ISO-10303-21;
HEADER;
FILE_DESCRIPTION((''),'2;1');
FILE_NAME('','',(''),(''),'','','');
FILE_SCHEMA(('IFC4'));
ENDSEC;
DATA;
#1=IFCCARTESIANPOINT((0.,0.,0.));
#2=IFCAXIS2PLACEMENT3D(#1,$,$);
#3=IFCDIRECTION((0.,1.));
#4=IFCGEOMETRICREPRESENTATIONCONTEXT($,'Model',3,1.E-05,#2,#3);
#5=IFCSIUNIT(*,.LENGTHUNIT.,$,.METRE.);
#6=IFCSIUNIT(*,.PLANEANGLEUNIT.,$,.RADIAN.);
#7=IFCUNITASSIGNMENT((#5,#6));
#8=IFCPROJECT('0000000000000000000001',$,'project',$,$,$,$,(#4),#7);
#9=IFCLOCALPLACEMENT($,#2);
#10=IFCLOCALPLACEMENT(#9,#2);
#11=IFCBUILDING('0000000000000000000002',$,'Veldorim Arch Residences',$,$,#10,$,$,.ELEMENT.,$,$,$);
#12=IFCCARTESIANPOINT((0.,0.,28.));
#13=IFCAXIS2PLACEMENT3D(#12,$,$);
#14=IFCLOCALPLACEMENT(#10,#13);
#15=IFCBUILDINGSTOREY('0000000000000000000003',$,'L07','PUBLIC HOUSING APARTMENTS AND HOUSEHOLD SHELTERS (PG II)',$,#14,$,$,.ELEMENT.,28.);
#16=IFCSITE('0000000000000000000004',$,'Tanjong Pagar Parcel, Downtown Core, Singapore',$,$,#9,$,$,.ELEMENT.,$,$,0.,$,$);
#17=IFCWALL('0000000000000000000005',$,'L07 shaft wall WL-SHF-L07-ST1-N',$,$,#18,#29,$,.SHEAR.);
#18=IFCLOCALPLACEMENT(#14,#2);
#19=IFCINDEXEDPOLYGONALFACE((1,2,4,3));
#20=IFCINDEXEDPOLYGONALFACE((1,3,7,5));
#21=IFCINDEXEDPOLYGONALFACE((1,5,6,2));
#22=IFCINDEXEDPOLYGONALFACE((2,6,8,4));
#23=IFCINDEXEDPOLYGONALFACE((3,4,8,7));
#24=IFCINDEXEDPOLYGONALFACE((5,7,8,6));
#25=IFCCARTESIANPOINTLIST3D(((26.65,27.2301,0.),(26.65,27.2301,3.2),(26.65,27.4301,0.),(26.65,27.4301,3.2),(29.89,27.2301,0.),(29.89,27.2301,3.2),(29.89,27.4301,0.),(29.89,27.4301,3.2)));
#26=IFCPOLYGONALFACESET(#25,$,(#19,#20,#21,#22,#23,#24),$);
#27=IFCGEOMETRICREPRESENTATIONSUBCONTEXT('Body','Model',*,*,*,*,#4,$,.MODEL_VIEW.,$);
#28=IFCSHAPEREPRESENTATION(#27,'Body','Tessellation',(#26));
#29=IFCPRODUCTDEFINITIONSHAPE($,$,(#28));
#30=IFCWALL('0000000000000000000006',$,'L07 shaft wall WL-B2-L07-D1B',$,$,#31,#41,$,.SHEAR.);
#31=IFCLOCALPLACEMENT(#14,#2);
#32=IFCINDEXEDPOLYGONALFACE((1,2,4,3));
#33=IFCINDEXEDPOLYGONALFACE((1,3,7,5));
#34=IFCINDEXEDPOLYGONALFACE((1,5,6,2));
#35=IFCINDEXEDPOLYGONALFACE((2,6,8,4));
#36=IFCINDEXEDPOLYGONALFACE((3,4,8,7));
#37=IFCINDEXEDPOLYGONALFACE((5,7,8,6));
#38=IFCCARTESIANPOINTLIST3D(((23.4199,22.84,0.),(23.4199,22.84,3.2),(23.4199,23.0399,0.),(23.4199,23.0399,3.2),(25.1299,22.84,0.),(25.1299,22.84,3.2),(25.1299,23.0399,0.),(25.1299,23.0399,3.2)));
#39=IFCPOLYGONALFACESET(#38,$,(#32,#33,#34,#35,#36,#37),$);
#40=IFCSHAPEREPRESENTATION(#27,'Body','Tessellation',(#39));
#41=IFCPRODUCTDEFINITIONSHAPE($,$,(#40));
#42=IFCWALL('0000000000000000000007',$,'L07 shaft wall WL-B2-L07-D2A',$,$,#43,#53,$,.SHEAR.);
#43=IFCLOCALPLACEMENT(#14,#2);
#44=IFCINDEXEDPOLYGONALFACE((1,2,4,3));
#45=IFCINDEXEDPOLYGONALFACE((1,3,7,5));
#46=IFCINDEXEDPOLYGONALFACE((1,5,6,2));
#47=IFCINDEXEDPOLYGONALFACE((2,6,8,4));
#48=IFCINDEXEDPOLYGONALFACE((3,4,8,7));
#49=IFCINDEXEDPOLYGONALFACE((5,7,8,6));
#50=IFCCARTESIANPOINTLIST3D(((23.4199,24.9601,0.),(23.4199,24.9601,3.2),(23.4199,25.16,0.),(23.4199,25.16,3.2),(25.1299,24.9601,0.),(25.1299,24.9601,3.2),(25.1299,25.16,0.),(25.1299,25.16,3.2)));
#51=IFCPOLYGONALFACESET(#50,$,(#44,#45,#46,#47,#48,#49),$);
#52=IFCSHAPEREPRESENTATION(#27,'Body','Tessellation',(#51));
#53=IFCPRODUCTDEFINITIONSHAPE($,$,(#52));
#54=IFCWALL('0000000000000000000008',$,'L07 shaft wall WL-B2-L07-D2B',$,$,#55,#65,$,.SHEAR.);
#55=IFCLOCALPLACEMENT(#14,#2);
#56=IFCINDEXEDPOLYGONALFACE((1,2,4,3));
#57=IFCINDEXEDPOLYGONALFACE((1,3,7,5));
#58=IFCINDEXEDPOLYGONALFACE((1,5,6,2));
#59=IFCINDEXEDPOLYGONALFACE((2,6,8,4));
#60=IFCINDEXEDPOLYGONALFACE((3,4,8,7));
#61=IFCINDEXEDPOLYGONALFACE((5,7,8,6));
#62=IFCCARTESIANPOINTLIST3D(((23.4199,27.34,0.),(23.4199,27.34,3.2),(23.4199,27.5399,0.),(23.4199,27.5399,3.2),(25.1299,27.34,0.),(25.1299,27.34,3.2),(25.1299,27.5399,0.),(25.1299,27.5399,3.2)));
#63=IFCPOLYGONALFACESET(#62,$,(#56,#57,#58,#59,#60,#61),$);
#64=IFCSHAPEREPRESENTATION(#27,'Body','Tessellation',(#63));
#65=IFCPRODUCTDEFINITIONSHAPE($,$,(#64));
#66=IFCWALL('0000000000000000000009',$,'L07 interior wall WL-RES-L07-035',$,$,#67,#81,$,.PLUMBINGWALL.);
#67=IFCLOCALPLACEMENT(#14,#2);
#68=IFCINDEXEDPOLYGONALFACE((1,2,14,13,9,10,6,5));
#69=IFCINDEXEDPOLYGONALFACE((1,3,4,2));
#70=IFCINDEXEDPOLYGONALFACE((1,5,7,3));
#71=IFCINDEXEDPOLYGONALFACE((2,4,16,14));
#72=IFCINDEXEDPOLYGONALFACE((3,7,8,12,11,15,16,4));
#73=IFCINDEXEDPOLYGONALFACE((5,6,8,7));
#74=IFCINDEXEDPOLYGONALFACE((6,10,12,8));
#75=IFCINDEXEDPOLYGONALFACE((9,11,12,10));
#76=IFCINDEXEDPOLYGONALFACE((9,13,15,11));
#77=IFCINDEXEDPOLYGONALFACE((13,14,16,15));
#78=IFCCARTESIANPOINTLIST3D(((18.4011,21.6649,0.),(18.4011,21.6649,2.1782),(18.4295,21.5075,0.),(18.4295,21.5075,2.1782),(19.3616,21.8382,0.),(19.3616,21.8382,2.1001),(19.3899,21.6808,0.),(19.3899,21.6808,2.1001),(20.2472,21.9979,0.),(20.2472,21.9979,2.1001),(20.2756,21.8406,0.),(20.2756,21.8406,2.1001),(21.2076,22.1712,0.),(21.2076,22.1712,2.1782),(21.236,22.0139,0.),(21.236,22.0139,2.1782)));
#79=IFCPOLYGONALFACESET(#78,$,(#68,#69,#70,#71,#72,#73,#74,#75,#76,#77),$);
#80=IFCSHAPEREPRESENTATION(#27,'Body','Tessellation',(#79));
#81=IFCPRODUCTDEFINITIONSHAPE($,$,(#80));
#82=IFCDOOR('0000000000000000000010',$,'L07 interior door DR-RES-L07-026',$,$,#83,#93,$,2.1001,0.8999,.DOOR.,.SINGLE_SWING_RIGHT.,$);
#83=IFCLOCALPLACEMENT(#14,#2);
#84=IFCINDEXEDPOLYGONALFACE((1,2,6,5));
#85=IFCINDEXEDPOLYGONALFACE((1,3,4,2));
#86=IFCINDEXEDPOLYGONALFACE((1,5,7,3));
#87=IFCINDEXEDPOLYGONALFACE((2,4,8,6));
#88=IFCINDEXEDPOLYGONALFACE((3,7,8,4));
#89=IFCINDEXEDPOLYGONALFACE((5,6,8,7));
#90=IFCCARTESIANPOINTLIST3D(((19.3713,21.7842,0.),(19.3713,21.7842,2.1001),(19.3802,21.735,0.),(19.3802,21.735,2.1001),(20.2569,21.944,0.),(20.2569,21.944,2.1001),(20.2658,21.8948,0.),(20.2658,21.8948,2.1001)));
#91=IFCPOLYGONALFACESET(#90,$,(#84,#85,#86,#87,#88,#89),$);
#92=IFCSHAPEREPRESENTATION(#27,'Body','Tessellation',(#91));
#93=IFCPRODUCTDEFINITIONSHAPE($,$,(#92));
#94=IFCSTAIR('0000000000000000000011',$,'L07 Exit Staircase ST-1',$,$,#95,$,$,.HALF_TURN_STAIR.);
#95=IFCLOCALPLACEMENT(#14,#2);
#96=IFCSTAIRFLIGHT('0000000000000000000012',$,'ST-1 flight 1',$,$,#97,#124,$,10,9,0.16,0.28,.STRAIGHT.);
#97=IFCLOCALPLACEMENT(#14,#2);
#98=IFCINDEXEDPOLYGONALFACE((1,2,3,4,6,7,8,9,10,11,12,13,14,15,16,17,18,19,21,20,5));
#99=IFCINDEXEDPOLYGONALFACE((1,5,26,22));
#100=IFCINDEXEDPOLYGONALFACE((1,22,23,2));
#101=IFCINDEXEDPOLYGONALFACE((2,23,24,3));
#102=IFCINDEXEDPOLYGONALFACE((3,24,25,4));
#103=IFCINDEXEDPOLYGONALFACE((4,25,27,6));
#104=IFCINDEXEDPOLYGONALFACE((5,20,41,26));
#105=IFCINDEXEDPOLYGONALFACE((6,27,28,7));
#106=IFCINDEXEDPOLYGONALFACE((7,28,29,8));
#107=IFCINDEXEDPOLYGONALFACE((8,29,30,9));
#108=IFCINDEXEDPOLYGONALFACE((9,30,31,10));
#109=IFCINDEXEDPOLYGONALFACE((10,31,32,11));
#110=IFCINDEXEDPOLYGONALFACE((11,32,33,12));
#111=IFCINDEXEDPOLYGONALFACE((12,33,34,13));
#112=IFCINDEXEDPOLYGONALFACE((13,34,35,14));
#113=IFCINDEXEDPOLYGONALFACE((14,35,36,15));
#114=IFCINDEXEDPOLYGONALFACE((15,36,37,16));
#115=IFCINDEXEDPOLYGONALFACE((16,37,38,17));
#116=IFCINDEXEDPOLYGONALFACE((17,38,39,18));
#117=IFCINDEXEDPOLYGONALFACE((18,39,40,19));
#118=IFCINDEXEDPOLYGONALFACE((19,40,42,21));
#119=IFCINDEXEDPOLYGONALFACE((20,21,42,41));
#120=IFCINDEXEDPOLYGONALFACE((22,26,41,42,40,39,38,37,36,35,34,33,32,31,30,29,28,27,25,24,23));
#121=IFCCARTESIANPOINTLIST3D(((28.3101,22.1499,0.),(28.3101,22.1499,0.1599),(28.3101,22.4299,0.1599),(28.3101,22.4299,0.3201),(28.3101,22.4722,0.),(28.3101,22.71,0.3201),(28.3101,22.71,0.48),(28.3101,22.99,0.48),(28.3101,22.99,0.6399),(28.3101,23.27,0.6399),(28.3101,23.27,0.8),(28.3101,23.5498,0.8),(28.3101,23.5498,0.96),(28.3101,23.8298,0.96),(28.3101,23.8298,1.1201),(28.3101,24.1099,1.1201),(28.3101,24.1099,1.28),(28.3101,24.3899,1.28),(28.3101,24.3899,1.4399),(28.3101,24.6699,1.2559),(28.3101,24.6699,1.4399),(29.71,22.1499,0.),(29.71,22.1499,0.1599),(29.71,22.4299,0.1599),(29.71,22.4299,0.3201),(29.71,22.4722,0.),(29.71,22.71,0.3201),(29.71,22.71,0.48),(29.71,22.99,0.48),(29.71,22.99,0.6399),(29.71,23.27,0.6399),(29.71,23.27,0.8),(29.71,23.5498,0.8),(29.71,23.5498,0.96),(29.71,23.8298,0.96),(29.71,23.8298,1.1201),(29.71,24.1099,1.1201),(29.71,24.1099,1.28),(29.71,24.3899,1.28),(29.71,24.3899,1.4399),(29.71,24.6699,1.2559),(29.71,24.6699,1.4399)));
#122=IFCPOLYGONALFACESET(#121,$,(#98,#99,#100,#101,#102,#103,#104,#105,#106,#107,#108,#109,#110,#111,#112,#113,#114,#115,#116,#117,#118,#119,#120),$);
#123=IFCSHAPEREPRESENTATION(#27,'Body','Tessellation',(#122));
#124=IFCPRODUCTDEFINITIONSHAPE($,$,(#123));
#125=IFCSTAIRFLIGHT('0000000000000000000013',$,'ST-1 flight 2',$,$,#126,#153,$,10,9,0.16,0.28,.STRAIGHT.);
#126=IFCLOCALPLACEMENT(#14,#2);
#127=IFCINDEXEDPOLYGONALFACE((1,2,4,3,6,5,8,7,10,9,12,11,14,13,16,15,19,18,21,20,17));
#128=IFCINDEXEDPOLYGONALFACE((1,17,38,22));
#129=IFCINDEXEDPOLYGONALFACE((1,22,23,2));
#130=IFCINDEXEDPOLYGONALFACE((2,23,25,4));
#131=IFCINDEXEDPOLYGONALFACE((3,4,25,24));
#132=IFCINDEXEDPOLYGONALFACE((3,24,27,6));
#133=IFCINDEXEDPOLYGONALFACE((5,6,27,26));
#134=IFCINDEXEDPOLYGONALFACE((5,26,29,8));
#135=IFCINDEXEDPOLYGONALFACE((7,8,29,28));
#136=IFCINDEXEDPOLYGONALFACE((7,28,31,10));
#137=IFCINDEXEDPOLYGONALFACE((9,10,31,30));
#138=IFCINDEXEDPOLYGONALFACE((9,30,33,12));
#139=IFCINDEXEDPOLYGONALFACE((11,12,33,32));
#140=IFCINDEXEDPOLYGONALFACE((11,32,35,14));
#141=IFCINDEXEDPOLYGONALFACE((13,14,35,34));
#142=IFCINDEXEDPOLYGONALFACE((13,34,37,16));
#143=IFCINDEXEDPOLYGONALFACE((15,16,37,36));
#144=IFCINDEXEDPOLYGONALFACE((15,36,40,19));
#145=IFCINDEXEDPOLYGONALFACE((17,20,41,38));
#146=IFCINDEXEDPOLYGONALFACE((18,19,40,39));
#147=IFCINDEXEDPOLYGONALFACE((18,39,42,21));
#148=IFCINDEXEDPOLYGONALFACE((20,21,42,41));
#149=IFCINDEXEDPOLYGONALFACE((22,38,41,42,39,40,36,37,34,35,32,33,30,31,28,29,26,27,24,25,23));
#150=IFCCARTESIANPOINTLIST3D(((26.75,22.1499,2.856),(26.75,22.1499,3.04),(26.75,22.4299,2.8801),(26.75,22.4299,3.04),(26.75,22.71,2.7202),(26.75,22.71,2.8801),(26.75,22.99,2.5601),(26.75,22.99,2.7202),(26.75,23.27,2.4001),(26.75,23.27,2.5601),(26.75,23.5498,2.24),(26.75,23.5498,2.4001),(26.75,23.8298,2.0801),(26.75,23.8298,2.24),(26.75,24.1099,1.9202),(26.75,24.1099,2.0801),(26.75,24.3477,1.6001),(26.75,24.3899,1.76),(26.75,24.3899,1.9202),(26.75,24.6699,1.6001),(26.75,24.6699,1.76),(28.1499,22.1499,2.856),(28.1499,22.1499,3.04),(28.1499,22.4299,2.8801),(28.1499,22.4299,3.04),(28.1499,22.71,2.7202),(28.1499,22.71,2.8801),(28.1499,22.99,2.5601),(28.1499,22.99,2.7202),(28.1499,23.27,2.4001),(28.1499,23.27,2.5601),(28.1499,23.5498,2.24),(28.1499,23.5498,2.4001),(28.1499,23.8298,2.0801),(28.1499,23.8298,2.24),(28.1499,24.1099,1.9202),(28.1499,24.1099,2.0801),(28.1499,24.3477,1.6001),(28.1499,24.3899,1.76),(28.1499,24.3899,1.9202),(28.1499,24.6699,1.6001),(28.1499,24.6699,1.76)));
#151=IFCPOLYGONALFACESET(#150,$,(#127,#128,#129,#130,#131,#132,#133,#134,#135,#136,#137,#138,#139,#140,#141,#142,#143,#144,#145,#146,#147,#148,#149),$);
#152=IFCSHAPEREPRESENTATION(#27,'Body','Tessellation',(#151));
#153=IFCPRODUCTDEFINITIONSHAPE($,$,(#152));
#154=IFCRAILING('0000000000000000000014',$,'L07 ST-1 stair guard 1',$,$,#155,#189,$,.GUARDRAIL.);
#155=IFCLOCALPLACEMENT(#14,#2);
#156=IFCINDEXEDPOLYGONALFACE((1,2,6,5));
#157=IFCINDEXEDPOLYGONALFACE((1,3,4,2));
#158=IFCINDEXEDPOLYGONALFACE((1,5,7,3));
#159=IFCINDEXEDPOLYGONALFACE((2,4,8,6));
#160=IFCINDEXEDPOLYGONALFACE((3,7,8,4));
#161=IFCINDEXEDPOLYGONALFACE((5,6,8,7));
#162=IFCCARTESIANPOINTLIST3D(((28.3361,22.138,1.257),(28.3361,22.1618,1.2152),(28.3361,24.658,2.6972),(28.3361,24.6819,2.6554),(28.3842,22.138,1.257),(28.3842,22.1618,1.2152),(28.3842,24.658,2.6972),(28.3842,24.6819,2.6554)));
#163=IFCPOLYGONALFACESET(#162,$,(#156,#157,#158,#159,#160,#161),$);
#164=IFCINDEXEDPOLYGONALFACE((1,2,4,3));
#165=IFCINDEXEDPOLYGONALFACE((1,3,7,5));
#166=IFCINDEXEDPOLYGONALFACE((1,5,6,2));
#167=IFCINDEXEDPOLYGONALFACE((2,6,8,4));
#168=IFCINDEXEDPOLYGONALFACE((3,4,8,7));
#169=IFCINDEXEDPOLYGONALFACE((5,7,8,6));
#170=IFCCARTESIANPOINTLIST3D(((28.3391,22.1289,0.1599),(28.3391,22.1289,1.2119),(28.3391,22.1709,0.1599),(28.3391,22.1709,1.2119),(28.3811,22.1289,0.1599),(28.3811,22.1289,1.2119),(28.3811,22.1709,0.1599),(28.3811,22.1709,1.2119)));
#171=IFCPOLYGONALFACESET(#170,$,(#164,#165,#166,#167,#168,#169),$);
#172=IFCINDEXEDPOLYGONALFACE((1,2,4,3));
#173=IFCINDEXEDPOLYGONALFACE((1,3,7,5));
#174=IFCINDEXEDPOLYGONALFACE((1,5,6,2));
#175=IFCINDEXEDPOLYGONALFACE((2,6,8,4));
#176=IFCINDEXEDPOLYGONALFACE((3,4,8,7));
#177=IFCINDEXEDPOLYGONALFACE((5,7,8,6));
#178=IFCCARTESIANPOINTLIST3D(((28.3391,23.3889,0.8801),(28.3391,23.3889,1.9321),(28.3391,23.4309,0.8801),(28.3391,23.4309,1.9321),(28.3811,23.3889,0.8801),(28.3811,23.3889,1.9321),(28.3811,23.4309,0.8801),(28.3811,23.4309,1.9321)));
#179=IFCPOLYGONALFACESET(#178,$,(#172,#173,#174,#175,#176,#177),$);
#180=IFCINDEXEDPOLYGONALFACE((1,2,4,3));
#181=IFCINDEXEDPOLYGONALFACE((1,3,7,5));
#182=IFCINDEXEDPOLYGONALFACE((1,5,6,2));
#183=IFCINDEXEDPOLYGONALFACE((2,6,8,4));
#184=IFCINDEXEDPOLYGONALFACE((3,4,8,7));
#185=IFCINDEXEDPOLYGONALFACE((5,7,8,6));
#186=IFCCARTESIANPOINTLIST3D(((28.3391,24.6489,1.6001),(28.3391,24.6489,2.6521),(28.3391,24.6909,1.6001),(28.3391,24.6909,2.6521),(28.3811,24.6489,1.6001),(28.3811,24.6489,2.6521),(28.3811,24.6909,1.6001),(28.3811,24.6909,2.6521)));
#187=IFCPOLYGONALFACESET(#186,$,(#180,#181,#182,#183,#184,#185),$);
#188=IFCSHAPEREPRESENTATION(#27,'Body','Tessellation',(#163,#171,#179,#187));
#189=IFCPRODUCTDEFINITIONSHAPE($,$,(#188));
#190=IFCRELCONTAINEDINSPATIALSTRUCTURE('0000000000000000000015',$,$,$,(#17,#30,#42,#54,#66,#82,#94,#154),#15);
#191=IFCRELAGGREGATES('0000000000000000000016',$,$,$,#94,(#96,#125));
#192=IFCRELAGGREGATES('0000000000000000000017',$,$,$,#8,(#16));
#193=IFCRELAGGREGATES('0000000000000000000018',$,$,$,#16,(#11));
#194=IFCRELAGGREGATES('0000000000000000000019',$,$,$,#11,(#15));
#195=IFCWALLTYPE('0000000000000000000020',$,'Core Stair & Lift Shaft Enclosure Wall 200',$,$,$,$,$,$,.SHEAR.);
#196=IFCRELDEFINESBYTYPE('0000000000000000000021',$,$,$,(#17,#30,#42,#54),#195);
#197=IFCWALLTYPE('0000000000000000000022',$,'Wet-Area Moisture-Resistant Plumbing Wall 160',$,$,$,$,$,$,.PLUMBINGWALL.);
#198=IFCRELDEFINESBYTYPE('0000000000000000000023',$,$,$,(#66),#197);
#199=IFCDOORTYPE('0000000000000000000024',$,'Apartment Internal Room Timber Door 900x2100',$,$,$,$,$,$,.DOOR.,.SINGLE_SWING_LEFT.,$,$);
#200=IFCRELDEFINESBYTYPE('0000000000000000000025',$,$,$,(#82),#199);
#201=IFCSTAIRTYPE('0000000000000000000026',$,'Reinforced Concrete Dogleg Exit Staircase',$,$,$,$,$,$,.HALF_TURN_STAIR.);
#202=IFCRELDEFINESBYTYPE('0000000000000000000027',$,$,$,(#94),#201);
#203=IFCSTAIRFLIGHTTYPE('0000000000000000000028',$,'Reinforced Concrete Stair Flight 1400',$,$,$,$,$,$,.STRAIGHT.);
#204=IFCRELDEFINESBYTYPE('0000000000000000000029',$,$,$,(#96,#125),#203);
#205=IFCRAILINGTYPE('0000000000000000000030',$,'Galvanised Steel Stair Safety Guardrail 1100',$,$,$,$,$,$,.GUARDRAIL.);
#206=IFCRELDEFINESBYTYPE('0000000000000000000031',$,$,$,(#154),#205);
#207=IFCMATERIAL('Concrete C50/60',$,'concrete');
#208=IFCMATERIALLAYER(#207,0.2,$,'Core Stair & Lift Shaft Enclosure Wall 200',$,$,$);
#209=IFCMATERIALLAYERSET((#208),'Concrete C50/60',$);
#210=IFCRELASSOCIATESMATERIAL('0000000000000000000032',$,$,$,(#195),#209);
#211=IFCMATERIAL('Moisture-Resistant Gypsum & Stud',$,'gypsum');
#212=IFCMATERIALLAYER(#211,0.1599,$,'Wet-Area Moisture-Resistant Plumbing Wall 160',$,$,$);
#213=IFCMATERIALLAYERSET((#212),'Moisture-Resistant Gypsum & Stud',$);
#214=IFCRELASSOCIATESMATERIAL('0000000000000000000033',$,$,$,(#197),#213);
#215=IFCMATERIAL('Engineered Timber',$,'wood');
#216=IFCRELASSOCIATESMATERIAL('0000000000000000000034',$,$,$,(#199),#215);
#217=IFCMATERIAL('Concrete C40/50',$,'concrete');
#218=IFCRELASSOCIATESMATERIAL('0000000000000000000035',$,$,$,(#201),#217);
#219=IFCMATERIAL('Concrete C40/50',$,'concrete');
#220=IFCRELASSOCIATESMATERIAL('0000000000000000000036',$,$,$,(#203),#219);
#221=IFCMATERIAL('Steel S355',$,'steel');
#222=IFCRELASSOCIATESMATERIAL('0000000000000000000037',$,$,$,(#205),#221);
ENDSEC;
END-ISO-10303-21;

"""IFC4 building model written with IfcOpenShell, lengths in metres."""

from ifc_helpers import new_model, si_unit, direction, frame, frame_2d, origin, origin_2d, place, context, subcontext, project, spatial, polyline, rectangle, outline, extrude, material, layer, layer_set, type_object, element, fill, aggregate, save


model = new_model("IFC4")

# Units and contexts
model_context = context("Model", 3, precision=1e-05, world=origin(), true_north=direction((0.0, 1.0)))
body_context = subcontext(model_context, "Body", "Model", "MODEL_VIEW")
ifc_project = project(units=[si_unit("LENGTHUNIT", "METRE"), si_unit("PLANEANGLEUNIT", "RADIAN")], contexts=[model_context])

# Site, building, storey
site_placement = place(None, origin())
site = spatial("IfcSite", under=ifc_project, at=site_placement, Name="Tanjong Pagar Parcel, Downtown Core, Singapore", CompositionType="ELEMENT", RefElevation=0.0)
building_placement = place(site_placement, origin())
building = spatial("IfcBuilding", under=site, at=building_placement, Name="Veldorim Arch Residences", CompositionType="ELEMENT")
storey_placement = place(building_placement, frame((0.0, 0.0, 28.0)))
storey = spatial("IfcBuildingStorey", under=building, at=storey_placement, Name="L07", Description="PUBLIC HOUSING APARTMENTS AND HOUSEHOLD SHELTERS (PG II)", CompositionType="ELEMENT", Elevation=28.0)

# Walls
ifc_material_1 = material(Name="Concrete C50/60", Category="concrete")
ifc_layer_1 = layer(ifc_material_1, 0.2, Name="Core Stair & Lift Shaft Enclosure Wall 200")
ifc_layer_set_1 = layer_set([ifc_layer_1], Name="Concrete C50/60")
wall_type_1 = type_object("IfcWallType", Name="Core Stair & Lift Shaft Enclosure Wall 200", PredefinedType="SHEAR", material=ifc_layer_set_1)
wall_1_placement = place(storey_placement, frame((26.6499, 27.3301, 0.0), z_axis=(0.0, 0.0, 1.0), x_axis=(1.0, 0.0, 0.0)))
element("IfcWall", 1, at=wall_1_placement, inside=storey, type_object=wall_type_1, Name="L07 shaft wall WL-SHF-L07-ST1-N", PredefinedType="SHEAR", context=body_context, shape_type="SweptSolid", body=[
    extrude(rectangle(XDim=3.24, YDim=0.2, at=frame_2d((1.6201, 0.0))), origin(), (0.0, 0.0, 1.0), 3.2),
])
for number, where, z_axis, x_axis, name in (
    (2, (23.4199, 22.9399, 0.0), (0.0, 0.0, 1.0), (1.0, 0.0, 0.0), "L07 shaft wall WL-B2-L07-D1B"),
    (3, (23.4199, 25.0601, 0.0), (0.0, 0.0, 1.0), (1.0, 0.0, 0.0), "L07 shaft wall WL-B2-L07-D2A"),
    (4, (23.4199, 27.4399, 0.0), (0.0, 0.0, 1.0), (1.0, 0.0, 0.0), "L07 shaft wall WL-B2-L07-D2B"),
):
    element("IfcWall", number, at=place(storey_placement, frame(where, z_axis=z_axis, x_axis=x_axis)), inside=storey, type_object=wall_type_1, Name=name, PredefinedType="SHEAR", context=body_context, shape_type="SweptSolid", body=[
        extrude(rectangle(XDim=1.71, YDim=0.2, at=frame_2d((0.855, 0.0))), origin(), (0.0, 0.0, 1.0), 3.2),
    ])

# Wall, opening, door
ifc_material_2 = material(Name="Moisture-Resistant Gypsum & Stud", Category="gypsum")
ifc_layer_2 = layer(ifc_material_2, 0.1599, Name="Wet-Area Moisture-Resistant Plumbing Wall 160")
ifc_layer_set_2 = layer_set([ifc_layer_2], Name="Moisture-Resistant Gypsum & Stud")
wall_type_2 = type_object("IfcWallType", Name="Wet-Area Moisture-Resistant Plumbing Wall 160", PredefinedType="PLUMBINGWALL", material=ifc_layer_set_2)
wall_2_placement = place(storey_placement, frame((21.2217, 22.0925, 0.0), z_axis=(0.0, 0.0, 1.0), x_axis=(-0.98411, -0.177559, 0.0)))
wall_2 = element("IfcWall", 5, at=wall_2_placement, inside=storey, type_object=wall_type_2, Name="L07 interior wall WL-RES-L07-035", PredefinedType="PLUMBINGWALL", context=body_context, shape_type="SweptSolid", body=[
    extrude(rectangle(XDim=2.8518, YDim=0.1599, at=frame_2d((1.4258, 0.0))), origin(), (0.0, 0.0, 1.0), 2.1782),
])
opening_1_placement = place(wall_2_placement, frame((0.9758, 0.0, 0.0)))
opening_1 = element("IfcOpeningElement", 6, at=opening_1_placement, cuts=wall_2, PredefinedType="OPENING", context=body_context, shape_type="SweptSolid", body=[
    extrude(rectangle(XDim=0.8999, YDim=2.1001, at=frame_2d((0.45, 1.05))), frame((0.0, 0.0898, 0.0), z_axis=(0.0, -1.0, 0.0), x_axis=(1.0, 0.0, 0.0)), (0.0, 0.0, 1.0), 0.1799),
])
ifc_material_3 = material(Name="Engineered Timber", Category="wood")
door_type_1 = type_object("IfcDoorType", Name="Apartment Internal Room Timber Door 900x2100", OperationType="SINGLE_SWING_LEFT", PredefinedType="DOOR", material=ifc_material_3)
door_1_placement = place(opening_1_placement, origin())
door_1 = element("IfcDoor", 7, at=door_1_placement, inside=storey, type_object=door_type_1, Name="L07 interior door DR-RES-L07-026", OperationType="SINGLE_SWING_RIGHT", OverallHeight=2.1001, OverallWidth=0.8999, PredefinedType="DOOR", context=body_context, shape_type="SweptSolid", body=[
    extrude(rectangle(XDim=0.8999, YDim=2.1001, at=frame_2d((0.45, 1.05))), frame((0.0, 0.0249, 0.0), z_axis=(0.0, -1.0, 0.0), x_axis=(1.0, 0.0, 0.0)), (0.0, 0.0, 1.0), 0.05),
])
fill(opening_1, door_1)

# Stair, stair flights
ifc_material_4 = material(Name="Concrete C40/50", Category="concrete")
stair_type = type_object("IfcStairType", Name="Reinforced Concrete Dogleg Exit Staircase", PredefinedType="HALF_TURN_STAIR", material=ifc_material_4)
stair_placement = place(storey_placement, origin())
stair = element("IfcStair", 8, at=stair_placement, inside=storey, type_object=stair_type, Name="L07 Exit Staircase ST-1", PredefinedType="HALF_TURN_STAIR")
ifc_material_5 = material(Name="Concrete C40/50", Category="concrete")
stair_flight_type = type_object("IfcStairFlightType", Name="Reinforced Concrete Stair Flight 1400", PredefinedType="STRAIGHT", material=ifc_material_5)
stair_flight_1_placement = place(storey_placement, frame((29.01, 22.1499, 0.0), z_axis=(0.0, 0.0, 1.0), x_axis=(0.0, 1.0, 0.0)))
stair_flight_1 = element("IfcStairFlight", 9, at=stair_flight_1_placement, type_object=stair_flight_type, Name="ST-1 flight 1", NumberOfRisers=10, NumberOfTreads=9, PredefinedType="STRAIGHT", RiserHeight=0.16, TreadLength=0.28, context=body_context, shape_type="SweptSolid", body=[
    extrude(outline(polyline([(0.0, 0.0), (0.0, 0.1599), (0.28, 0.1599), (0.28, 0.3201), (0.5601, 0.3201), (0.5601, 0.48), (0.8401, 0.48), (0.8401, 0.6399), (1.1201, 0.6399), (1.1201, 0.8), (1.3999, 0.8), (1.3999, 0.96), (1.6799, 0.96), (1.6799, 1.1201), (1.96, 1.1201), (1.96, 1.28), (2.24, 1.28), (2.24, 1.4399), (2.52, 1.4399), (2.52, 1.6001), (2.52, 1.2559), (0.3223, 0.0), (0.0, 0.0)])), frame((0.0, 0.7, 0.0), z_axis=(0.0, -1.0, 0.0), x_axis=(1.0, 0.0, 0.0)), (0.0, 0.0, 1.0), 1.3999),
])
stair_flight_2_placement = place(storey_placement, frame((27.45, 24.6699, 1.6001), z_axis=(0.0, 0.0, 1.0), x_axis=(0.0, -1.0, 0.0)))
stair_flight_2 = element("IfcStairFlight", 10, at=stair_flight_2_placement, type_object=stair_flight_type, Name="ST-1 flight 2", NumberOfRisers=10, NumberOfTreads=9, PredefinedType="STRAIGHT", RiserHeight=0.16, TreadLength=0.28, context=body_context, shape_type="SweptSolid", body=[
    extrude(outline(polyline([(0.0, 0.0), (0.0, 0.1599), (0.28, 0.1599), (0.28, 0.3201), (0.5601, 0.3201), (0.5601, 0.48), (0.8401, 0.48), (0.8401, 0.6399), (1.1201, 0.6399), (1.1201, 0.8), (1.3999, 0.8), (1.3999, 0.96), (1.6799, 0.96), (1.6799, 1.1201), (1.96, 1.1201), (1.96, 1.28), (2.24, 1.28), (2.24, 1.4399), (2.52, 1.4399), (2.52, 1.6001), (2.52, 1.2559), (0.3223, 0.0), (0.0, 0.0)])), frame((0.0, 0.7, 0.0), z_axis=(0.0, -1.0, 0.0), x_axis=(1.0, 0.0, 0.0)), (0.0, 0.0, 1.0), 1.3999),
])
aggregate(stair, [stair_flight_1, stair_flight_2])

# Railing
ifc_material_6 = material(Name="Steel S355", Category="steel")
railing_type_1 = type_object("IfcRailingType", Name="Galvanised Steel Stair Safety Guardrail 1100", PredefinedType="GUARDRAIL", material=ifc_material_6)
railing_1_placement = place(storey_placement, frame((28.3601, 22.1499, 0.1599)))
element("IfcRailing", 11, at=railing_1_placement, inside=storey, type_object=railing_type_1, Name="L07 ST-1 stair guard 1", PredefinedType="GUARDRAIL", context=body_context, shape_type="SweptSolid", body=[
    extrude(rectangle(XDim=0.0481, YDim=0.0481, at=origin_2d()), frame((0.0, 0.0, 1.0762), z_axis=(0.0, 0.868217, 0.496184), x_axis=(-1.0, 0.0, 0.0)), (0.0, 0.0, 1.0), 2.9026),
    extrude(rectangle(XDim=0.042, YDim=0.042, at=origin_2d()), origin(), (0.0, 0.0, 1.0), 1.052),
    extrude(rectangle(XDim=0.042, YDim=0.042, at=origin_2d()), frame((0.0, 1.26, 0.7202)), (0.0, 0.0, 1.0), 1.052),
    extrude(rectangle(XDim=0.042, YDim=0.042, at=origin_2d()), frame((0.0, 2.52, 1.4402)), (0.0, 0.0, 1.0), 1.052),
])

save(model, "model.ifc")
